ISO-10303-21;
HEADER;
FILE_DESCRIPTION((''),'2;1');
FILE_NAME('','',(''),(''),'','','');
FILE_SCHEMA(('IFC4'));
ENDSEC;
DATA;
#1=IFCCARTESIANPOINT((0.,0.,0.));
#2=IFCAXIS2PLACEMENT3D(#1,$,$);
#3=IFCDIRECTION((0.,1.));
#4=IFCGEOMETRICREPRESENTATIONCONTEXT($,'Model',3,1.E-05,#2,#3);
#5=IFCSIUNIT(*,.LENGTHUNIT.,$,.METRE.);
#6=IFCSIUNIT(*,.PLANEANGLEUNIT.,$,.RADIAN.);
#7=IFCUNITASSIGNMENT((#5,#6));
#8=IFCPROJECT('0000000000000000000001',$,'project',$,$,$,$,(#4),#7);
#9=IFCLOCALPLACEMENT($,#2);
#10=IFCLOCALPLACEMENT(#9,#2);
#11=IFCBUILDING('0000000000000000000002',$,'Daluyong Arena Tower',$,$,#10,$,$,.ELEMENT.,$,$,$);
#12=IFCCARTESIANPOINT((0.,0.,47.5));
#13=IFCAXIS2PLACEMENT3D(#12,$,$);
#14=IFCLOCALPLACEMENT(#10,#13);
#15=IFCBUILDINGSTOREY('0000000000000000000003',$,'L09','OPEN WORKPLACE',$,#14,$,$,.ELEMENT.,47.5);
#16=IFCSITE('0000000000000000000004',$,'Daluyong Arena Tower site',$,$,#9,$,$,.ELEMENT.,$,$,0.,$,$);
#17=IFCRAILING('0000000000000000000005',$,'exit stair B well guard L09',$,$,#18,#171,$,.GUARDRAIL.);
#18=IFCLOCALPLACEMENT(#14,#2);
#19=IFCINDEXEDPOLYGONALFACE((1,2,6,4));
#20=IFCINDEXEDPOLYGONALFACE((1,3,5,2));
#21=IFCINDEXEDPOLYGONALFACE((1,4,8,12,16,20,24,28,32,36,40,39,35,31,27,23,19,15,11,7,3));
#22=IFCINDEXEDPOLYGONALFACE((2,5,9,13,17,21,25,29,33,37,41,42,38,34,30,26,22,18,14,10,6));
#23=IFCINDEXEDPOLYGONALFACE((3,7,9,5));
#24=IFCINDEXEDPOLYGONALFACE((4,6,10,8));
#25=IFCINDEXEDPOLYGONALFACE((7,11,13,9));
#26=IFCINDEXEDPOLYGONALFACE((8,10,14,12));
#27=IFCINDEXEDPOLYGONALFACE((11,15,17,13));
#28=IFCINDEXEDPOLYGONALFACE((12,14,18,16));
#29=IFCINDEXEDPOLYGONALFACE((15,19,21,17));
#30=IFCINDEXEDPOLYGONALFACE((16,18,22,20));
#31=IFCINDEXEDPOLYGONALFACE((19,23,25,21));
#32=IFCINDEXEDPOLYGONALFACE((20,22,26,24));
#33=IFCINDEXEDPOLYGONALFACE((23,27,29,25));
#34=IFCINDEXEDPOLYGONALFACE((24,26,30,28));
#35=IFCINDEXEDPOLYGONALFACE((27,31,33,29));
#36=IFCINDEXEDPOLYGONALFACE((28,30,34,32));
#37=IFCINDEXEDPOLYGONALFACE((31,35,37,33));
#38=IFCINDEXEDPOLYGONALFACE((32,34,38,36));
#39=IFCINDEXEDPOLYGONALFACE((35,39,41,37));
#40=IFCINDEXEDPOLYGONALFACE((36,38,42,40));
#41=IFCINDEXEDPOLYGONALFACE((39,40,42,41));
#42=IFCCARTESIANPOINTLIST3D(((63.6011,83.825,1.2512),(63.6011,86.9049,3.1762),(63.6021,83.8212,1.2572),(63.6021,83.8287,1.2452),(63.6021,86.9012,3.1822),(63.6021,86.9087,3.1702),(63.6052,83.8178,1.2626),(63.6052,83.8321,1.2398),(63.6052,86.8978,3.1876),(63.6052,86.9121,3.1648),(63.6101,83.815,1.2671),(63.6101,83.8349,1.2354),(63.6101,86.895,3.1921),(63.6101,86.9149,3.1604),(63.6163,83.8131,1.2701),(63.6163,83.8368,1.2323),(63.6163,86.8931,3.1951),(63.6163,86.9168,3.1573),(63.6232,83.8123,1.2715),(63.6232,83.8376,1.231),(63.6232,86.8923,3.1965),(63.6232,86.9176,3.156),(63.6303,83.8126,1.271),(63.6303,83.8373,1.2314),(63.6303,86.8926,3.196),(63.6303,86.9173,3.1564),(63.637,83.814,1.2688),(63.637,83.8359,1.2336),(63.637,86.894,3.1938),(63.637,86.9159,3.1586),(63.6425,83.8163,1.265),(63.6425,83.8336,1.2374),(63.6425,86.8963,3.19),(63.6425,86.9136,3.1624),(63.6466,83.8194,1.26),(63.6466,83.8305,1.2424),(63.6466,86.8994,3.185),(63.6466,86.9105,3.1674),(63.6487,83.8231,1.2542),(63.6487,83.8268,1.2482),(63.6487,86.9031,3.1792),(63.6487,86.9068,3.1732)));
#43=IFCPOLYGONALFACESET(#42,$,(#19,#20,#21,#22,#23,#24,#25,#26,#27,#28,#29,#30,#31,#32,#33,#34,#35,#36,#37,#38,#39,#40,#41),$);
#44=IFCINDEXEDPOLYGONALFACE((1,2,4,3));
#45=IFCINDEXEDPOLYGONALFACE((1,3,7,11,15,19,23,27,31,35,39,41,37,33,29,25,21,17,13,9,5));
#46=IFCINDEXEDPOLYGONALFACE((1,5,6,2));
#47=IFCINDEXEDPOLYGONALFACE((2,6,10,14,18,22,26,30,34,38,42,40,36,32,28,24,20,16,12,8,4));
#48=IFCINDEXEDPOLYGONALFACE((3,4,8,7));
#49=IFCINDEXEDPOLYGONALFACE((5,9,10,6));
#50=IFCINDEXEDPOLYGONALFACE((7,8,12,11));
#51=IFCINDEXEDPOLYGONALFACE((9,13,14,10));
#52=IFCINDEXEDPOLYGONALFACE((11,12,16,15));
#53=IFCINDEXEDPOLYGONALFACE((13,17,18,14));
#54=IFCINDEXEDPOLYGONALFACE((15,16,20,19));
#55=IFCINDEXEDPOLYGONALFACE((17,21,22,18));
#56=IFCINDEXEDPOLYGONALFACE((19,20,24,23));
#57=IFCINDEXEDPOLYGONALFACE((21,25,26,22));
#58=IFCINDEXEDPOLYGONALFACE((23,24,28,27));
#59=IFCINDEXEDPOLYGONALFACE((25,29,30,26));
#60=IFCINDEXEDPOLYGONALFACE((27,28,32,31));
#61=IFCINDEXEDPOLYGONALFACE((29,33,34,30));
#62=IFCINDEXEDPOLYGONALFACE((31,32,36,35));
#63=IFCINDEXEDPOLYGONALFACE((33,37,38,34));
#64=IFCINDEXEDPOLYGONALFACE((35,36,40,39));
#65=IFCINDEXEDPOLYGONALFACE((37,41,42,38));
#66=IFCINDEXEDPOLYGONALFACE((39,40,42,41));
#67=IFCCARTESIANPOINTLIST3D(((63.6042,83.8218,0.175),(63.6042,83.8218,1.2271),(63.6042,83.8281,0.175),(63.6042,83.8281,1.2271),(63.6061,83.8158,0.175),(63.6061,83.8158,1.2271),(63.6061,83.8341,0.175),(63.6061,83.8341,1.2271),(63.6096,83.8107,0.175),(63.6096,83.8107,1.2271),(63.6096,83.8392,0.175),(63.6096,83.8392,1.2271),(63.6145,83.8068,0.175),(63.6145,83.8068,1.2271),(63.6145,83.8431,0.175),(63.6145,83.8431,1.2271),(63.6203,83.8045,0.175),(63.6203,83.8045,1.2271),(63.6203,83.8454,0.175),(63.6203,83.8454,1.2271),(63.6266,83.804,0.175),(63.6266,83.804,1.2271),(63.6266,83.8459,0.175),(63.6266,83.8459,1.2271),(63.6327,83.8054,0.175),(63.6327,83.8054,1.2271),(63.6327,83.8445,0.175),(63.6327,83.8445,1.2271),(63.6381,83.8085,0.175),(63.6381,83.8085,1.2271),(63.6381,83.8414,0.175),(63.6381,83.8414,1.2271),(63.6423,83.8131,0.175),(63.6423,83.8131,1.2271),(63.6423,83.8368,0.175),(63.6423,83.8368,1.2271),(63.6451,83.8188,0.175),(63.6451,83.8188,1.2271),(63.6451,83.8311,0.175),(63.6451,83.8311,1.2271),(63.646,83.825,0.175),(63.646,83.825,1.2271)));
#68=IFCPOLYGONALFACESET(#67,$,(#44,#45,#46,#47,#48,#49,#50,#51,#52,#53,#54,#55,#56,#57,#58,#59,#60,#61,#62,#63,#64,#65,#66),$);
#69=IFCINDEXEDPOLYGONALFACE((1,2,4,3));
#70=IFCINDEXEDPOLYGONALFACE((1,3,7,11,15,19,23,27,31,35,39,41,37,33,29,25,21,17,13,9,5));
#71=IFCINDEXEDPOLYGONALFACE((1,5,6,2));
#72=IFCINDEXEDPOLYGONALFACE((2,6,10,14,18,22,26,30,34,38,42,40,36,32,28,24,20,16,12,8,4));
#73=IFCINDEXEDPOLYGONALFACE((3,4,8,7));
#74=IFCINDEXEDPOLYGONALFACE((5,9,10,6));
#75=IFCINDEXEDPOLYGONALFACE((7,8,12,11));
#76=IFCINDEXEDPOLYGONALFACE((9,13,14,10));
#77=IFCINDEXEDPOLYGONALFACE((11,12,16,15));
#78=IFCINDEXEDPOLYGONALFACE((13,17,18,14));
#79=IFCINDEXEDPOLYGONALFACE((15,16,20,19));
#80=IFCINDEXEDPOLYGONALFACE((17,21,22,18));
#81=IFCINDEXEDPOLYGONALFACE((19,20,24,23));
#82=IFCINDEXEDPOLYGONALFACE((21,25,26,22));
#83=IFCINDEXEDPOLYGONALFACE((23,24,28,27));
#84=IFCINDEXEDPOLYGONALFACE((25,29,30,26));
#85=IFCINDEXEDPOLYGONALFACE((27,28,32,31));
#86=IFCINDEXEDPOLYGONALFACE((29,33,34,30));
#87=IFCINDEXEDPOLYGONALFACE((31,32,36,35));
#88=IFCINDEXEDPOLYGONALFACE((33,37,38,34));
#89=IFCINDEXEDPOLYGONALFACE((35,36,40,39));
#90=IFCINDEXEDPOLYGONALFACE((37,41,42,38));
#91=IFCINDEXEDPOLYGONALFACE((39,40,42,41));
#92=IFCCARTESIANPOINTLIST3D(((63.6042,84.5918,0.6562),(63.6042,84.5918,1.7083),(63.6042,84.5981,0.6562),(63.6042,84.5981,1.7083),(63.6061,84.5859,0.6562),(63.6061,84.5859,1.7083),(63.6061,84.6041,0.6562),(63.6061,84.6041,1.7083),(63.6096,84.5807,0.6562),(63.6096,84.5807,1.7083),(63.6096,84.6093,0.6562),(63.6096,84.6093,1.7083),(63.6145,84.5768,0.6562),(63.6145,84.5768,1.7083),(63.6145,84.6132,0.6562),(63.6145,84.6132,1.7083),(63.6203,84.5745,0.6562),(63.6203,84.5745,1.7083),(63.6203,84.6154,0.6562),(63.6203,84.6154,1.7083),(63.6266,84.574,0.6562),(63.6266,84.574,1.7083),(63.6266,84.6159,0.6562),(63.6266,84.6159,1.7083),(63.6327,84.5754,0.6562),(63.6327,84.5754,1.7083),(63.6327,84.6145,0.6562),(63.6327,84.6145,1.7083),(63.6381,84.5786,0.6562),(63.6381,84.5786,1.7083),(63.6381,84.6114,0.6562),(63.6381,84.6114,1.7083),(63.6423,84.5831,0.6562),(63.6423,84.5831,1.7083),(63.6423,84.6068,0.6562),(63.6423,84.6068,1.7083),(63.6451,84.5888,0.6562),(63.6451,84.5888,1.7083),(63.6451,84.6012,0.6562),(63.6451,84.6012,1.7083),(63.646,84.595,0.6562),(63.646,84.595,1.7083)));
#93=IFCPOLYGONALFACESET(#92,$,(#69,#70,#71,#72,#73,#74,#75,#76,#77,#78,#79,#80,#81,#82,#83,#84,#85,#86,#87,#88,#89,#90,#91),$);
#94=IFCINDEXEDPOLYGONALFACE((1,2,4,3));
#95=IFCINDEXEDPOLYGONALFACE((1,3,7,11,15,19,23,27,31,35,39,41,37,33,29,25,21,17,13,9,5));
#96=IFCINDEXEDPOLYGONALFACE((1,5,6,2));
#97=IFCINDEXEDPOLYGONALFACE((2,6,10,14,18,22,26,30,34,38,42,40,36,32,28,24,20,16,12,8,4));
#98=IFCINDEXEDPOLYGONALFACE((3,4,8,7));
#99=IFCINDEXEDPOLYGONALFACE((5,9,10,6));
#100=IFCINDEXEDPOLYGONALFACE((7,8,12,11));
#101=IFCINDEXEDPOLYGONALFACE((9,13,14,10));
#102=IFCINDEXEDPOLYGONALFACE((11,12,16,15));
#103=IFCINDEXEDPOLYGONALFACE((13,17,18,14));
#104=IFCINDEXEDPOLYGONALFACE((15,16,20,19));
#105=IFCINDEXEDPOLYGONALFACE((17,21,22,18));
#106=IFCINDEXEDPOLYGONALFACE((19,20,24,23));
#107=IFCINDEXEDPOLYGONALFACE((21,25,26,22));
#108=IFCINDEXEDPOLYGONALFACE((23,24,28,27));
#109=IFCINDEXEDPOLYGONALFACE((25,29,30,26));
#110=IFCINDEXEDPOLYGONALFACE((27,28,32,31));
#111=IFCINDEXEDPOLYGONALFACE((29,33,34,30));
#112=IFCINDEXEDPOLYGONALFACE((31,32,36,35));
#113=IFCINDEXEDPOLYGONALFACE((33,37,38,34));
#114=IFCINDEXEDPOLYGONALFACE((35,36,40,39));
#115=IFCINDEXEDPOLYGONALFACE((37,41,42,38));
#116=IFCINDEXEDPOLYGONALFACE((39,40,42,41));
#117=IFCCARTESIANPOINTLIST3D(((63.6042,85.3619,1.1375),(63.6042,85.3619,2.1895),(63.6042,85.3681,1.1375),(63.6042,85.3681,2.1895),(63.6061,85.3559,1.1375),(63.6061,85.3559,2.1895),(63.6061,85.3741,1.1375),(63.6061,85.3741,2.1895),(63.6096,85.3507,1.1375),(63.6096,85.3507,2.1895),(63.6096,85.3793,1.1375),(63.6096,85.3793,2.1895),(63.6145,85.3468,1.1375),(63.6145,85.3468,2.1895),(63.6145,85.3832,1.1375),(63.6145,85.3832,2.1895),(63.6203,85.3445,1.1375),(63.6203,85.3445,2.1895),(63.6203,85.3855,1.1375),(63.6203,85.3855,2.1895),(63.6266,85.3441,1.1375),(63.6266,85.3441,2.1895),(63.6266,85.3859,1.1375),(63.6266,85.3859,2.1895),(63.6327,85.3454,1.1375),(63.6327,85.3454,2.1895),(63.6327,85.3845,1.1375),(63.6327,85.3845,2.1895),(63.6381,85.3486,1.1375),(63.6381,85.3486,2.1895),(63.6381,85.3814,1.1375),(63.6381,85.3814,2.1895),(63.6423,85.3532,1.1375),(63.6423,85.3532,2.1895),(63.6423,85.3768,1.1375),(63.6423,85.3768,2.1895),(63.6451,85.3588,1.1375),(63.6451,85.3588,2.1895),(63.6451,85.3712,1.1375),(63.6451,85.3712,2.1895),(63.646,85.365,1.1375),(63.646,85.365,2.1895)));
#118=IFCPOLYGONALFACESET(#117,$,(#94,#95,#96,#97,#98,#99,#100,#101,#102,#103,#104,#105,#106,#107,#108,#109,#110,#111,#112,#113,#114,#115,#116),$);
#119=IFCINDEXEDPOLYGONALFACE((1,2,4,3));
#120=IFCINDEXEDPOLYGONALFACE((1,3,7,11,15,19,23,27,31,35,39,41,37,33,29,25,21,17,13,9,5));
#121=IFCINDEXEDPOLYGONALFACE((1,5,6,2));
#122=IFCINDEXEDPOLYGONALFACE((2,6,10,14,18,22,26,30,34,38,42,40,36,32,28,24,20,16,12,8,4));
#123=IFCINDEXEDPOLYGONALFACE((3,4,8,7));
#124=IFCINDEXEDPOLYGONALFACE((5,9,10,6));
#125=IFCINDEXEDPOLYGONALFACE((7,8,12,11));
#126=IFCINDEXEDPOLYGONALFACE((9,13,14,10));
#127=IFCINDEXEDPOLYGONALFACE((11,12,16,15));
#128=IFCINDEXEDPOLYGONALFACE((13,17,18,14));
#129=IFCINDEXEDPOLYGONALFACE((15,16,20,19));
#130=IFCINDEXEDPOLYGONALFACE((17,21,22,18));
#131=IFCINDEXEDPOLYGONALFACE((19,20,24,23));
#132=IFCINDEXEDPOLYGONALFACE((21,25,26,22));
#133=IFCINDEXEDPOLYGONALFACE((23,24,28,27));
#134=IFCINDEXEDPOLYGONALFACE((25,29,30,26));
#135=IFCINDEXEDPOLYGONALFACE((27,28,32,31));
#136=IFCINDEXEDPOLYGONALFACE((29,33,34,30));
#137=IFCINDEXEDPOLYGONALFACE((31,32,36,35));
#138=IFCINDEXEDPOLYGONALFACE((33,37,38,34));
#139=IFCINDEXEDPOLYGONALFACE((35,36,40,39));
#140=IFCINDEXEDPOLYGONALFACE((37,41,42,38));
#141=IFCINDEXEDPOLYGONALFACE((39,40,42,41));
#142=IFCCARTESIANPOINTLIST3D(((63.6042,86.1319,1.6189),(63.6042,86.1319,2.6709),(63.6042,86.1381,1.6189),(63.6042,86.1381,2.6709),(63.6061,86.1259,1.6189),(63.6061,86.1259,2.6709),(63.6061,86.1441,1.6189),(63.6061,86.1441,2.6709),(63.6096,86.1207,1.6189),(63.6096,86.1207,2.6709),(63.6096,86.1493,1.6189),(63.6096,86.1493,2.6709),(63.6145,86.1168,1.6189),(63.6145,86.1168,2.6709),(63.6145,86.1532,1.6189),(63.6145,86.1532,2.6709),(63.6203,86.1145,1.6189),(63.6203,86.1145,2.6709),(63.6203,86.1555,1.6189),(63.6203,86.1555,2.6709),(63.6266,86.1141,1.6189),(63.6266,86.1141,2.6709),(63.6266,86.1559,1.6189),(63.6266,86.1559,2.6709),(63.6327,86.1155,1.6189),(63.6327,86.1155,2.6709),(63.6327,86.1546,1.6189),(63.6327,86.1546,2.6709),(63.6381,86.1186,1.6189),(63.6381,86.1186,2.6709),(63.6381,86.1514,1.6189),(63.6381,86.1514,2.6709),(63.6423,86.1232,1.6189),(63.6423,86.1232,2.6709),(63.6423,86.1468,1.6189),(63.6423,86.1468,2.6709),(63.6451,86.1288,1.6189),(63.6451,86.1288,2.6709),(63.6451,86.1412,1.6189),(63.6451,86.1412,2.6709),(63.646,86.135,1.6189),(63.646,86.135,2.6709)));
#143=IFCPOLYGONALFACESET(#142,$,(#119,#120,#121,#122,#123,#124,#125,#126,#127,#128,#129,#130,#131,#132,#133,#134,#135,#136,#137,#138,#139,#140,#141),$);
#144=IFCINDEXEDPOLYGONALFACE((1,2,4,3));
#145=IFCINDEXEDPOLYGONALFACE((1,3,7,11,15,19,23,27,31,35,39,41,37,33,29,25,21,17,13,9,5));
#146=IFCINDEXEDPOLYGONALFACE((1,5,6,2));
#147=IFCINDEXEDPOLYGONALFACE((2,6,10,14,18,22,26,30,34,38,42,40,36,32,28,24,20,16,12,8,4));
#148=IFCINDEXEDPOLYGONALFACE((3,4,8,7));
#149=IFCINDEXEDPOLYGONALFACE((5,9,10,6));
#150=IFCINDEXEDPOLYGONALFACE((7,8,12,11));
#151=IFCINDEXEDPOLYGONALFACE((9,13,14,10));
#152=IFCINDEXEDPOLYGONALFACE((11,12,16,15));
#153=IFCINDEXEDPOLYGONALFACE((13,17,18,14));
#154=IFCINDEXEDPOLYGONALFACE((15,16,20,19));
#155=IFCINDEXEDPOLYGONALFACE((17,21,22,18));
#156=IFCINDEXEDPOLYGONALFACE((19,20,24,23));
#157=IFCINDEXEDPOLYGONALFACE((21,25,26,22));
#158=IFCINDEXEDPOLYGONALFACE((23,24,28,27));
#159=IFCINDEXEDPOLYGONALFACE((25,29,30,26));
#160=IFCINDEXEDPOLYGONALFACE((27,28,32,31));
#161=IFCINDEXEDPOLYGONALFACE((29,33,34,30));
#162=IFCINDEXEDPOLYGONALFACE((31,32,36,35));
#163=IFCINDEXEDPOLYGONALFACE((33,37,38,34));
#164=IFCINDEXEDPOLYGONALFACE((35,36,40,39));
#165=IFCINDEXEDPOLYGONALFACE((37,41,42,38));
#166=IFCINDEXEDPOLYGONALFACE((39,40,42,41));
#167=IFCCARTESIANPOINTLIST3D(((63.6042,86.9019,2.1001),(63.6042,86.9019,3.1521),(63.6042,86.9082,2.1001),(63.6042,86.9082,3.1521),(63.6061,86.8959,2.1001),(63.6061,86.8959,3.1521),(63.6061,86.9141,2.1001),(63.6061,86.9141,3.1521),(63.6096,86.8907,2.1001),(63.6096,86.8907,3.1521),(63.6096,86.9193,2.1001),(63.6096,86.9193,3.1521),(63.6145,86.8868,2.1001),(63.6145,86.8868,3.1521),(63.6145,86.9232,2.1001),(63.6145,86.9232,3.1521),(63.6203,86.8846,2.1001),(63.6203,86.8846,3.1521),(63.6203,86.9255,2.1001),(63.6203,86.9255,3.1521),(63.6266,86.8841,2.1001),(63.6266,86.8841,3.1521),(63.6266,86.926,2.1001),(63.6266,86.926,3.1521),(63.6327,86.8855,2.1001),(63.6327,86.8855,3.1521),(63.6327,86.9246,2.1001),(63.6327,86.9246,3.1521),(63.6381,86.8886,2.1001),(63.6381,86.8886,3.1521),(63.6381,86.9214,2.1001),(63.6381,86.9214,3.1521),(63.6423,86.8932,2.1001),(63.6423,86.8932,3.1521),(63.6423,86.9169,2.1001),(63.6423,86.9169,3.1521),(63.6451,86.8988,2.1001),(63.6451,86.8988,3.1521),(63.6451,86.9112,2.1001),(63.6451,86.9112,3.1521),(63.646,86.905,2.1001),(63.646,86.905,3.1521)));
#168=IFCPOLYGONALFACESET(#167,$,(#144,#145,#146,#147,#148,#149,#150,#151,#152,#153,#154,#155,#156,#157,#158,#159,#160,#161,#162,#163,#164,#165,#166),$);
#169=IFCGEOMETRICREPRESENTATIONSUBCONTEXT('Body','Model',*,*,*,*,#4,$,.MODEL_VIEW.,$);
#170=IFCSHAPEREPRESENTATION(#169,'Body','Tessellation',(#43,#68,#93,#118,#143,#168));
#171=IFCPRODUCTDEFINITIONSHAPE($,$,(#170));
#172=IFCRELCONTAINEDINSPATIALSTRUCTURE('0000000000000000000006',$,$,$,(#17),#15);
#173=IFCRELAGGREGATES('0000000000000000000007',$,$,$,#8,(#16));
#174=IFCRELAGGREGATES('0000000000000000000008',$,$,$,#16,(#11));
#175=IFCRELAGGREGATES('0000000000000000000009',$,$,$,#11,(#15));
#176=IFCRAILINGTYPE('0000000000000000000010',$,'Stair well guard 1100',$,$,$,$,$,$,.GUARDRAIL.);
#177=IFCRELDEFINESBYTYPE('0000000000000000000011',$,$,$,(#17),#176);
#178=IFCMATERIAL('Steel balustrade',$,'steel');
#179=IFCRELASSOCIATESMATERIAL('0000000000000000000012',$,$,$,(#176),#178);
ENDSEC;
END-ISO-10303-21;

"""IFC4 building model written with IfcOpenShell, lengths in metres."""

from ifc_helpers import new_model, si_unit, direction, frame, origin, origin_2d, place, context, subcontext, project, spatial, circle, extrude, material, type_object, element, save


model = new_model("IFC4")

# Units and contexts
model_context = context("Model", 3, precision=1e-05, world=origin(), true_north=direction((0.0, 1.0)))
body_context = subcontext(model_context, "Body", "Model", "MODEL_VIEW")
ifc_project = project(units=[si_unit("LENGTHUNIT", "METRE"), si_unit("PLANEANGLEUNIT", "RADIAN")], contexts=[model_context])

# Site, building, storey
site_placement = place(None, origin())
site = spatial("IfcSite", under=ifc_project, at=site_placement, Name="Daluyong Arena Tower site", CompositionType="ELEMENT", RefElevation=0.0)
building_placement = place(site_placement, origin())
building = spatial("IfcBuilding", under=site, at=building_placement, Name="Daluyong Arena Tower", CompositionType="ELEMENT")
storey_placement = place(building_placement, frame((0.0, 0.0, 47.5)))
storey = spatial("IfcBuildingStorey", under=building, at=storey_placement, Name="L09", Description="OPEN WORKPLACE", CompositionType="ELEMENT", Elevation=47.5)

# Railing
ifc_material_1 = material(Name="Steel balustrade", Category="steel")
railing_type_1 = type_object("IfcRailingType", Name="Stair well guard 1100", PredefinedType="GUARDRAIL", material=ifc_material_1)
railing_1_placement = place(storey_placement, frame((63.625, 83.825, 0.175)))
element("IfcRailing", 1, at=railing_1_placement, inside=storey, type_object=railing_type_1, Name="exit stair B well guard L09", PredefinedType="GUARDRAIL", context=body_context, shape_type="SweptSolid", body=[
    extrude(circle(Radius=0.0239, at=origin_2d()), frame((0.0, 0.0, 1.0762), z_axis=(0.0, 0.847998, 0.529999), x_axis=(-1.0, 0.0, 0.0)), (0.0, 0.0, 1.0), 3.6321),
    extrude(circle(Radius=0.021, at=origin_2d()), origin(), (0.0, 0.0, 1.0), 1.052),
    extrude(circle(Radius=0.021, at=origin_2d()), frame((0.0, 0.77, 0.4812)), (0.0, 0.0, 1.0), 1.052),
    extrude(circle(Radius=0.021, at=origin_2d()), frame((0.0, 1.54, 0.9624)), (0.0, 0.0, 1.0), 1.052),
    extrude(circle(Radius=0.021, at=origin_2d()), frame((0.0, 2.3101, 1.4438)), (0.0, 0.0, 1.0), 1.052),
    extrude(circle(Radius=0.021, at=origin_2d()), frame((0.0, 3.0801, 1.925)), (0.0, 0.0, 1.0), 1.052),
])

save(model, "model.ifc")
